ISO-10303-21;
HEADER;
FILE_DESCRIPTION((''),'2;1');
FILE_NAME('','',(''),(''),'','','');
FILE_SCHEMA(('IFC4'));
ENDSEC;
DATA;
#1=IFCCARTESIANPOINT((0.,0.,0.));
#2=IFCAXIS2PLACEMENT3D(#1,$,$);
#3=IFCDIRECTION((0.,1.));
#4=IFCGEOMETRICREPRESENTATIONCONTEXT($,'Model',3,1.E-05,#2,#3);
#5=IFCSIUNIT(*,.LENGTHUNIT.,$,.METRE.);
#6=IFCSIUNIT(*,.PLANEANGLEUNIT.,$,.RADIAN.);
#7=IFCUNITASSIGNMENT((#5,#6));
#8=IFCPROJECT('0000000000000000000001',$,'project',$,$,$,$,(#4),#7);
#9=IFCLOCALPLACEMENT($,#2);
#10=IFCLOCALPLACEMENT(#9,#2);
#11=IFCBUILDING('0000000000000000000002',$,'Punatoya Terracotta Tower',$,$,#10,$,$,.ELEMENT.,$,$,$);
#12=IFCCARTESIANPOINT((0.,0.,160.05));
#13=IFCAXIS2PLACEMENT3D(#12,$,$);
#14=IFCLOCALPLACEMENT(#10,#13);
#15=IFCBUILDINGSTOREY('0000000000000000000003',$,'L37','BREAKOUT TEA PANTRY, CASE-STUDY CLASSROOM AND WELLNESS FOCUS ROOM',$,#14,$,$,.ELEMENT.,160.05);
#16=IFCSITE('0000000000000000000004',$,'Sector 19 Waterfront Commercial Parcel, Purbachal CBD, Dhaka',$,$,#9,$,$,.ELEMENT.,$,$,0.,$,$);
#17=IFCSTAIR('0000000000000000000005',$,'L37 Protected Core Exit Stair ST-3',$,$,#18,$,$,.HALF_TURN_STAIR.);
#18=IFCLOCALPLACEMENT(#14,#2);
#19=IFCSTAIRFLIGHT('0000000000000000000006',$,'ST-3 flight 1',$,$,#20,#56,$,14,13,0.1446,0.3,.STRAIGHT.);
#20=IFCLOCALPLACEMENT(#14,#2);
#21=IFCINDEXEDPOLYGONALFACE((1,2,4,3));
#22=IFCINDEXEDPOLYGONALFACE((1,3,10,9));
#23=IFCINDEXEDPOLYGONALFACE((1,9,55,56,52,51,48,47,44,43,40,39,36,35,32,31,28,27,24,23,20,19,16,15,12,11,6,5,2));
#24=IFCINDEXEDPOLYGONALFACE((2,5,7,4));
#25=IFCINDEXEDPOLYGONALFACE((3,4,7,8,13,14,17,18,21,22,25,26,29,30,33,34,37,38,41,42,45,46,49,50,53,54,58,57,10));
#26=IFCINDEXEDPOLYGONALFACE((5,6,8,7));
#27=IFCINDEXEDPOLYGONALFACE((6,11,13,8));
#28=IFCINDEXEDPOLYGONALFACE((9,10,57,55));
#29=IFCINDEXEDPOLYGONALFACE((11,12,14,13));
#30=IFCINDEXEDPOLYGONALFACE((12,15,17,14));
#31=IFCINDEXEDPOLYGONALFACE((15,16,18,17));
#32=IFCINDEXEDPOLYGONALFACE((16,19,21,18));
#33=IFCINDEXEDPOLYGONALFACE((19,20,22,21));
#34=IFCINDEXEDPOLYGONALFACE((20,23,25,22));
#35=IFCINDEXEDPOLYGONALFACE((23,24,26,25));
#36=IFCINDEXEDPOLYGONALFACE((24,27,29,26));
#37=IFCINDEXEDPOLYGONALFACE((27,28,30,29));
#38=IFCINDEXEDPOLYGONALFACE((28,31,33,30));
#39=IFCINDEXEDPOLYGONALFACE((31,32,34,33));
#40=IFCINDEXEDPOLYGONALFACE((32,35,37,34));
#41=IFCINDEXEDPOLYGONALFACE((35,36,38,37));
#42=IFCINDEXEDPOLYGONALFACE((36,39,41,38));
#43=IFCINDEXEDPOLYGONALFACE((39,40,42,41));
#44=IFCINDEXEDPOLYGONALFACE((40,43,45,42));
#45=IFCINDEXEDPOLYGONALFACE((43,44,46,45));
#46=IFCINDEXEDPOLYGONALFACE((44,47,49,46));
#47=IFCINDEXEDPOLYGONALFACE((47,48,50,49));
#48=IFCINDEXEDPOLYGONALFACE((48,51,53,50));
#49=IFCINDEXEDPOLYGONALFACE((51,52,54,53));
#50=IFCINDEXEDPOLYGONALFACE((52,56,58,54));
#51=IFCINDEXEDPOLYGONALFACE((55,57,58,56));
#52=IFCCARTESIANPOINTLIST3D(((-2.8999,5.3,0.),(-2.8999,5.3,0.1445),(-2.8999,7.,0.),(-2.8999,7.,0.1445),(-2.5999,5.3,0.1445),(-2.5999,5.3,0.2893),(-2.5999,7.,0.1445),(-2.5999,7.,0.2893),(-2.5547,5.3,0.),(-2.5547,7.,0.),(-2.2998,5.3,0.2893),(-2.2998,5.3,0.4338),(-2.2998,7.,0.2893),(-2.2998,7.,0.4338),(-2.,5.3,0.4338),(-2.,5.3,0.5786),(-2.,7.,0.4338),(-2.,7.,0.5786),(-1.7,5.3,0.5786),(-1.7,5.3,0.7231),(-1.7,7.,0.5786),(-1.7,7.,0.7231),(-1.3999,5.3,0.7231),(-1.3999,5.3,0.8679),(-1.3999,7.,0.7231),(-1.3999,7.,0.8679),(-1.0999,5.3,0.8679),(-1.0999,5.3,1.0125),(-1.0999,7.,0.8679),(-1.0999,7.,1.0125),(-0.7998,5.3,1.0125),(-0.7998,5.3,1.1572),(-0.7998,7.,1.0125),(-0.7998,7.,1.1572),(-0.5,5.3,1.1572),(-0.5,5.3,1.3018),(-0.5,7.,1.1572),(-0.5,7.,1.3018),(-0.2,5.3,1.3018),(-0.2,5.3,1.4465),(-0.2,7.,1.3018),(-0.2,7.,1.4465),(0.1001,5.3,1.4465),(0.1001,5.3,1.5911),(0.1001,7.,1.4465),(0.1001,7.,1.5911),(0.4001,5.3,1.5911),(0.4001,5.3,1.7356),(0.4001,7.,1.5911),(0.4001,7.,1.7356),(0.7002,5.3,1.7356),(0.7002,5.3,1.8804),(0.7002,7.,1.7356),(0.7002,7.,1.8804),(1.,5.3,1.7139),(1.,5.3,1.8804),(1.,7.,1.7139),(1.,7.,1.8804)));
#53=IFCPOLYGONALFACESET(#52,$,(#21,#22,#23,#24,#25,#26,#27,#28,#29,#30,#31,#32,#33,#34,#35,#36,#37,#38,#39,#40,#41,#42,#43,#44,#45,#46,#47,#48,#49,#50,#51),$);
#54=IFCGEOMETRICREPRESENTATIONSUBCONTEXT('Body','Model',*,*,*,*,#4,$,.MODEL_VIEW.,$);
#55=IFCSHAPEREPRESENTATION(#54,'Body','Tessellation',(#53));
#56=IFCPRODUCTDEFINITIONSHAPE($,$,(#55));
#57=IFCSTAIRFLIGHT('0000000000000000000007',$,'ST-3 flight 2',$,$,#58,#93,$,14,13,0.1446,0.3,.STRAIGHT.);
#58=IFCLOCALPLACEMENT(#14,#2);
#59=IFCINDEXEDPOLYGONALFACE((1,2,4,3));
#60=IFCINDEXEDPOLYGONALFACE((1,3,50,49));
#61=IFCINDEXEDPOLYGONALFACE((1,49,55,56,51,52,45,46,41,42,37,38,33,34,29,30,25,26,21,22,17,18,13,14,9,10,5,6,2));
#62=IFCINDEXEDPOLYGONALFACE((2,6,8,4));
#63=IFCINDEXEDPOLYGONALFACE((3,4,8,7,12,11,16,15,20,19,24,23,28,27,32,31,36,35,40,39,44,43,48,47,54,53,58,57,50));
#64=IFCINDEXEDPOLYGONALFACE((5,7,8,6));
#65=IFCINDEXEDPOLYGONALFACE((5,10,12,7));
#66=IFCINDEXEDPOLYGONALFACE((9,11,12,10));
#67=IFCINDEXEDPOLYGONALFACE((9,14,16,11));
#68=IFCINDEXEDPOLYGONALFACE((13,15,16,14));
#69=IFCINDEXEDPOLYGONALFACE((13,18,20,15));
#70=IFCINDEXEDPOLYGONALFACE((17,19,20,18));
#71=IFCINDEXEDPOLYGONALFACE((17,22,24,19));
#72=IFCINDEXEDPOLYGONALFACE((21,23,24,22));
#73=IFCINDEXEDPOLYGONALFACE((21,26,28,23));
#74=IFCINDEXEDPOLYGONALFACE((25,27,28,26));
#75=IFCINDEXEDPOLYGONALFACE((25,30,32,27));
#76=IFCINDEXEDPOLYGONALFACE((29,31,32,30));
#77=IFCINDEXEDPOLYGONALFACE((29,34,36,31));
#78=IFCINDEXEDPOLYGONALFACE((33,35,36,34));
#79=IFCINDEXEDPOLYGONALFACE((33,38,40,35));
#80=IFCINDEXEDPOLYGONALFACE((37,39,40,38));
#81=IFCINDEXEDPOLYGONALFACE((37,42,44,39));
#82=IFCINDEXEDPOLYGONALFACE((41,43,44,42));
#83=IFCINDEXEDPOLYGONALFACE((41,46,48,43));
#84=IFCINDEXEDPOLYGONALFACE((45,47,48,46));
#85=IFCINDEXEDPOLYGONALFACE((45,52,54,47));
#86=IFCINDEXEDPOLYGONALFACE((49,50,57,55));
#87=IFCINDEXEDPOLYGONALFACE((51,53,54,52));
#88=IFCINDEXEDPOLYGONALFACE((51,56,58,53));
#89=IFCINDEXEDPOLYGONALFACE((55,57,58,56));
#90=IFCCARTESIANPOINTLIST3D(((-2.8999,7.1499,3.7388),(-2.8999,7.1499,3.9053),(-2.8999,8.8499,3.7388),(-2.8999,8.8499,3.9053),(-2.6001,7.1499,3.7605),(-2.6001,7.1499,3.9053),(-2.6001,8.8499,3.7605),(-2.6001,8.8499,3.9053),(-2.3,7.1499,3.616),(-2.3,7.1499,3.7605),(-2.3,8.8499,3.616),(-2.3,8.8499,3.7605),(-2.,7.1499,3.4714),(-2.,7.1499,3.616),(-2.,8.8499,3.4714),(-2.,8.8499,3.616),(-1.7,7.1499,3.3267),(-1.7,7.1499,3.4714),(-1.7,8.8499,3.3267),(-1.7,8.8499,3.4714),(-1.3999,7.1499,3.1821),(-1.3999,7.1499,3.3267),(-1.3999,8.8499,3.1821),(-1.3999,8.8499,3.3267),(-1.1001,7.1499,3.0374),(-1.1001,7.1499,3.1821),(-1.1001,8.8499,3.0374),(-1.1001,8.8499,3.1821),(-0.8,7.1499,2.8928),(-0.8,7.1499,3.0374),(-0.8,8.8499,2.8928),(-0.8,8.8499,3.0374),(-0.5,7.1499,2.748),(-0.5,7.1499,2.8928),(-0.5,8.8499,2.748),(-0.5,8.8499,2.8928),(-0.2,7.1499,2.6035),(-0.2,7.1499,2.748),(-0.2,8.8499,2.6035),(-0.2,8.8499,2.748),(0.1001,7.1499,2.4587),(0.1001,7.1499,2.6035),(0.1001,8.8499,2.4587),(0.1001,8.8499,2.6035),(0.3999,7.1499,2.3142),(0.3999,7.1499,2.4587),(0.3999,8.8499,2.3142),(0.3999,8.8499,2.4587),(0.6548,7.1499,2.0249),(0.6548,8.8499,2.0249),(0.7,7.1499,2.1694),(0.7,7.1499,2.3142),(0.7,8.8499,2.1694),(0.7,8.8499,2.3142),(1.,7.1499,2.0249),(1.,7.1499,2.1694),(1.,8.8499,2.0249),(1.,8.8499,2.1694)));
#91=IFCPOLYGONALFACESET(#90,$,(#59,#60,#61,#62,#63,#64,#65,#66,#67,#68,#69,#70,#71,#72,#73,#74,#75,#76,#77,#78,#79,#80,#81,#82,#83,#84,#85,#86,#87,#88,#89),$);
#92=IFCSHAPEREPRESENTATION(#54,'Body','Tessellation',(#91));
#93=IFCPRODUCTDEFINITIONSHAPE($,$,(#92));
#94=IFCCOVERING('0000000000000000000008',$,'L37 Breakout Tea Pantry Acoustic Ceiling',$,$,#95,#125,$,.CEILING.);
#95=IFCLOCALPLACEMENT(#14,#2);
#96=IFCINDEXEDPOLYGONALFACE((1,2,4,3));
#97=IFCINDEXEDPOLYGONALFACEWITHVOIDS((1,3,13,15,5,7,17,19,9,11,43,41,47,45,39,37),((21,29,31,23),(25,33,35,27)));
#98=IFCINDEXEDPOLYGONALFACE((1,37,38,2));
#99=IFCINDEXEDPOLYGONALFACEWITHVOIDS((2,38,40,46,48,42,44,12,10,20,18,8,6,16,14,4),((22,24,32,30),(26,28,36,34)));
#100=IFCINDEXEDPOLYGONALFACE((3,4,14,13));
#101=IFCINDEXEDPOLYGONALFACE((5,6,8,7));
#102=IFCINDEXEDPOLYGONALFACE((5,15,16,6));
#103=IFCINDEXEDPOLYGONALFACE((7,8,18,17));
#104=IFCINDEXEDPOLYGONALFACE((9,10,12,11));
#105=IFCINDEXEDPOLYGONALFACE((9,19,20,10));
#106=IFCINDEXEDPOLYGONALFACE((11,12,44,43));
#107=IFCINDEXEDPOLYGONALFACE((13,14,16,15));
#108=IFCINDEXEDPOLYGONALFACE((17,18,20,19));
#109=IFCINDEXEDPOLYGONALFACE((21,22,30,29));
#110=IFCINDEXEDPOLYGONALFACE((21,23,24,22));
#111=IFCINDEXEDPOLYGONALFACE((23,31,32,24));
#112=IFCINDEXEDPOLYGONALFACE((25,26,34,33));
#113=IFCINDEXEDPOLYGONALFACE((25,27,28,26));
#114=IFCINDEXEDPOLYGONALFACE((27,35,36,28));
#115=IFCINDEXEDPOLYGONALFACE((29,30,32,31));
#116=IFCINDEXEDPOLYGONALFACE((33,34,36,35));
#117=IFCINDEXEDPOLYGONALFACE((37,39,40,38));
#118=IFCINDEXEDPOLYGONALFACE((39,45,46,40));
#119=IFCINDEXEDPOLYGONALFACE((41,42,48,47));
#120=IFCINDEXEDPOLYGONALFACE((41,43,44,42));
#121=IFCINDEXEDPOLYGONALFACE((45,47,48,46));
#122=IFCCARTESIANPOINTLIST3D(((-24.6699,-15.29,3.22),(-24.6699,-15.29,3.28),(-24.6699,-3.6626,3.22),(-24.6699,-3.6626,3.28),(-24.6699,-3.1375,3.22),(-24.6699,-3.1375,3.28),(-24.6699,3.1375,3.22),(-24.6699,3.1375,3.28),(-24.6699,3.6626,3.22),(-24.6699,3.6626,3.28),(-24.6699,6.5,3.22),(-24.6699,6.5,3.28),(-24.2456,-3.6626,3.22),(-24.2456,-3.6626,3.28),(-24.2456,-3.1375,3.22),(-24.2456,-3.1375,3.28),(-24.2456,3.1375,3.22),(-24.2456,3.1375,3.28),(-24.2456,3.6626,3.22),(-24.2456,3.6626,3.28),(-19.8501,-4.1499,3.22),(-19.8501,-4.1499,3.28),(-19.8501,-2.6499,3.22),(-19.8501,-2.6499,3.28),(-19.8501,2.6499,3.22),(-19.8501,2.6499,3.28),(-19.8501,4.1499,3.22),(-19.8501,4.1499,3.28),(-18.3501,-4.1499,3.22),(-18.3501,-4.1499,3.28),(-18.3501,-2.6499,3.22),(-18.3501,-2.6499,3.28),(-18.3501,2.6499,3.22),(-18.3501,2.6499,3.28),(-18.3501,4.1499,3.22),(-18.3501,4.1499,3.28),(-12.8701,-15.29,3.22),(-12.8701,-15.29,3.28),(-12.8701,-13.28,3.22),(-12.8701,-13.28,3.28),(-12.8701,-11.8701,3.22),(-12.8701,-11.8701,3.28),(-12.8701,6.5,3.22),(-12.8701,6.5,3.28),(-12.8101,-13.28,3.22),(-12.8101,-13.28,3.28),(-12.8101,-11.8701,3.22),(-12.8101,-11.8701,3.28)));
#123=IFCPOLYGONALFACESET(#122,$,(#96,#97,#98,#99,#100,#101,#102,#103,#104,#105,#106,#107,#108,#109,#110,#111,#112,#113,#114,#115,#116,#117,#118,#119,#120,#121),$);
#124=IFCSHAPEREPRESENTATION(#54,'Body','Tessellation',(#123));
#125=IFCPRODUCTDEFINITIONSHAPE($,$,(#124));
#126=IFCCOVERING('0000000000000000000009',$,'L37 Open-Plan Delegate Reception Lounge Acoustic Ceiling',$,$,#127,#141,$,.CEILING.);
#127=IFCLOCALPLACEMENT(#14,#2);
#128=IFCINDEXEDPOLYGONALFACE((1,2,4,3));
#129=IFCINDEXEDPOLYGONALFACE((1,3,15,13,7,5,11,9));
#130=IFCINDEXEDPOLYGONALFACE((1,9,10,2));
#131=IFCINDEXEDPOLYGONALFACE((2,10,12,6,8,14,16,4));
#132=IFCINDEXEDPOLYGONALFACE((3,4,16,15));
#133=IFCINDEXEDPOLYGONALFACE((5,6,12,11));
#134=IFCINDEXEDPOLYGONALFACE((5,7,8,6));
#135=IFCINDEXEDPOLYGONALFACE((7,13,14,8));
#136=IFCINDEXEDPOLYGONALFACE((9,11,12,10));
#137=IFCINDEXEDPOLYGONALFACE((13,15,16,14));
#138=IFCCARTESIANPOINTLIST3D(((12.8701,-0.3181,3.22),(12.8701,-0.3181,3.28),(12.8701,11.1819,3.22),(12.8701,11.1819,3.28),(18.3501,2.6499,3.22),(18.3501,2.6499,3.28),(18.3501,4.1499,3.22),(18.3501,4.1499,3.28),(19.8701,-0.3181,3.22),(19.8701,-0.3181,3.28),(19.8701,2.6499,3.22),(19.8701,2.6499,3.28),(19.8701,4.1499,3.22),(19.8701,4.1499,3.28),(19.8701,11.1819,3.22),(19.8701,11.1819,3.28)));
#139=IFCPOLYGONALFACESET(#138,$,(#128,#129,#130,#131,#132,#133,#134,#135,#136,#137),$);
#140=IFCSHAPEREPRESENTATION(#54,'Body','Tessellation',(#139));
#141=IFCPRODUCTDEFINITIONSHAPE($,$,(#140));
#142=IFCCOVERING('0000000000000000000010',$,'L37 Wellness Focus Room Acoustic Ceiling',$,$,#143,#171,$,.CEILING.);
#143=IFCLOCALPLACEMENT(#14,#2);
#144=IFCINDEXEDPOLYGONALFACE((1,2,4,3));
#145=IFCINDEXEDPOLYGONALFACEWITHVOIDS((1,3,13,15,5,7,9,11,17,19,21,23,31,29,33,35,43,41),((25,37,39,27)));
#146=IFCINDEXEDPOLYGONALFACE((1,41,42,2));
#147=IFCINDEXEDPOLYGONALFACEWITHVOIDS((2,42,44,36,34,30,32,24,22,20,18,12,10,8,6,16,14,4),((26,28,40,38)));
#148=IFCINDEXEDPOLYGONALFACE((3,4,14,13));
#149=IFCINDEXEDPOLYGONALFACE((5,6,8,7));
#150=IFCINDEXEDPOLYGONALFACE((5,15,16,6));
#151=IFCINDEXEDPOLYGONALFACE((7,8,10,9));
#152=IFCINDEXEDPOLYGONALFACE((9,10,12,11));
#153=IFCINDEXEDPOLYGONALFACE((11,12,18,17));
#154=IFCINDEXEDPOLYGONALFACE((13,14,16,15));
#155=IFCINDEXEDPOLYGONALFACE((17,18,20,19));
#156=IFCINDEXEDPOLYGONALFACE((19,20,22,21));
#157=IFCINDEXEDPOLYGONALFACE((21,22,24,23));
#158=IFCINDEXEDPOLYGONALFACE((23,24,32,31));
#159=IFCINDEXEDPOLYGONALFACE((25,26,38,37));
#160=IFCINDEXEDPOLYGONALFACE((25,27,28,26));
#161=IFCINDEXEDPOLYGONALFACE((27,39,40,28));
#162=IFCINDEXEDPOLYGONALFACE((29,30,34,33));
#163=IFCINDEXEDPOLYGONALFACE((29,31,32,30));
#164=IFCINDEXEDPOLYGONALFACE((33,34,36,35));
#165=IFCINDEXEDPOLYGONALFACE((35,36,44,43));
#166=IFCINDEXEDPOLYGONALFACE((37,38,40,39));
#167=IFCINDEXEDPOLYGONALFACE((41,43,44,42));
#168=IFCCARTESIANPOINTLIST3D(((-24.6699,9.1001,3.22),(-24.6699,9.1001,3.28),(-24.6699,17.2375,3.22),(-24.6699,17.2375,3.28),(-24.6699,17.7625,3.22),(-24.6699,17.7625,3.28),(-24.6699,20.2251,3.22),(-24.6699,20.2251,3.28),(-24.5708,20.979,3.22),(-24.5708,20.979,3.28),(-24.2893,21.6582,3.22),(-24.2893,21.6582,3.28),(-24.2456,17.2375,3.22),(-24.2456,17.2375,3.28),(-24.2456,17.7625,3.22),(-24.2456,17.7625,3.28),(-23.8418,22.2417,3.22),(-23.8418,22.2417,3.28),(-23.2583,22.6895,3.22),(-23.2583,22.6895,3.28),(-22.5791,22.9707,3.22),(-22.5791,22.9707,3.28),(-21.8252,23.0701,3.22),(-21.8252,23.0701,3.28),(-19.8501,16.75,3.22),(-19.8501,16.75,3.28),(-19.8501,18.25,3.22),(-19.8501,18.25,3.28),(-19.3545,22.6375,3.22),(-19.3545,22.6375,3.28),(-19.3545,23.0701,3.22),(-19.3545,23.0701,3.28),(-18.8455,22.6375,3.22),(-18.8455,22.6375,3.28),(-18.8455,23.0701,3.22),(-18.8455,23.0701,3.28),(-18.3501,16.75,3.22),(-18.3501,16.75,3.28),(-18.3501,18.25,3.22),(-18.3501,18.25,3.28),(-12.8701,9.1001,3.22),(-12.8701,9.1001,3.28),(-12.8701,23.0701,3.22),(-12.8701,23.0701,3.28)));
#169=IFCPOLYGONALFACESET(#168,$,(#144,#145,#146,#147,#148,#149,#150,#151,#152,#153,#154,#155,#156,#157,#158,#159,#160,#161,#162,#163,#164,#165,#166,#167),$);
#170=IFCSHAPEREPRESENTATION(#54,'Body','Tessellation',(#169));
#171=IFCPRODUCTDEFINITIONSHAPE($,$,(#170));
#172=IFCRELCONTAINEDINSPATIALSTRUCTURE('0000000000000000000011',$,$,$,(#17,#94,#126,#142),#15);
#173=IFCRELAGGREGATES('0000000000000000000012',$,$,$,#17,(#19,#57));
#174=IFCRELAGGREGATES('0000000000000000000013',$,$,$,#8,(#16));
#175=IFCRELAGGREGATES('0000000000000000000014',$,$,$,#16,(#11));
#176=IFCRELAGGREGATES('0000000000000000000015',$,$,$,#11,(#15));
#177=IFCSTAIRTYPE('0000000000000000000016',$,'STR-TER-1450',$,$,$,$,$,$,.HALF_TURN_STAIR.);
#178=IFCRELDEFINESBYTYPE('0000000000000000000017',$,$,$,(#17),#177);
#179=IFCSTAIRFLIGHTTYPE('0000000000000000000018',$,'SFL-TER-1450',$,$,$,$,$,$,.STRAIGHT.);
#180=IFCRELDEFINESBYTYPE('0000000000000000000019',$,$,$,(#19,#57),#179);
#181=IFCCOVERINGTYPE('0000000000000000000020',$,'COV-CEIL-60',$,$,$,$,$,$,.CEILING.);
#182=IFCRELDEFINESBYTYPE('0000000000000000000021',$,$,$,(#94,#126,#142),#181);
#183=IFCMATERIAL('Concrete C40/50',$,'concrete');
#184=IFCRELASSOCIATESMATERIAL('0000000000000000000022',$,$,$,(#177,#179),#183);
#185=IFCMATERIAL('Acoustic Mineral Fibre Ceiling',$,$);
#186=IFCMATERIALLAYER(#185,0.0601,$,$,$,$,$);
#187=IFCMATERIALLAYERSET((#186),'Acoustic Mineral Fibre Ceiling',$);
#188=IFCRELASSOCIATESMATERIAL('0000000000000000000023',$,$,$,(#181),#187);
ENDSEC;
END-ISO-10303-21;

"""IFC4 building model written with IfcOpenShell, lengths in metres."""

from ifc_helpers import new_model, si_unit, direction, frame, origin, place, context, subcontext, project, spatial, polyline, outline, extrude, material, layer, layer_set, type_object, element, aggregate, save


model = new_model("IFC4")

# Units and contexts
model_context = context("Model", 3, precision=1e-05, world=origin(), true_north=direction((0.0, 1.0)))
body_context = subcontext(model_context, "Body", "Model", "MODEL_VIEW")
ifc_project = project(units=[si_unit("LENGTHUNIT", "METRE"), si_unit("PLANEANGLEUNIT", "RADIAN")], contexts=[model_context])

# Site, building, storey
site_placement = place(None, origin())
site = spatial("IfcSite", under=ifc_project, at=site_placement, Name="Sector 19 Waterfront Commercial Parcel, Purbachal CBD, Dhaka", CompositionType="ELEMENT", RefElevation=0.0)
building_placement = place(site_placement, origin())
building = spatial("IfcBuilding", under=site, at=building_placement, Name="Punatoya Terracotta Tower", CompositionType="ELEMENT")
storey_placement = place(building_placement, frame((0.0, 0.0, 160.05)))
storey = spatial("IfcBuildingStorey", under=building, at=storey_placement, Name="L37", Description="BREAKOUT TEA PANTRY, CASE-STUDY CLASSROOM AND WELLNESS FOCUS ROOM", CompositionType="ELEMENT", Elevation=160.05)

# Shared definitions
ifc_material_1 = material(Name="Concrete C40/50", Category="concrete")

# Stair, stair flights
stair_type_1 = type_object("IfcStairType", Name="STR-TER-1450", PredefinedType="HALF_TURN_STAIR", material=ifc_material_1)
stair_1_placement = place(storey_placement, origin())
stair_1 = element("IfcStair", 1, at=stair_1_placement, inside=storey, type_object=stair_type_1, Name="L37 Protected Core Exit Stair ST-3", PredefinedType="HALF_TURN_STAIR")
stair_flight_type_1 = type_object("IfcStairFlightType", Name="SFL-TER-1450", PredefinedType="STRAIGHT", material=ifc_material_1)
stair_flight_1_placement = place(storey_placement, frame((-2.8999, 6.1499, 0.0), z_axis=(0.0, 0.0, 1.0), x_axis=(1.0, 0.0, 0.0)))
stair_flight_1 = element("IfcStairFlight", 2, at=stair_flight_1_placement, type_object=stair_flight_type_1, Name="ST-3 flight 1", NumberOfRisers=14, NumberOfTreads=13, PredefinedType="STRAIGHT", RiserHeight=0.1446, TreadLength=0.3, context=body_context, shape_type="SweptSolid", body=[
    extrude(outline(polyline([(0.0, 0.0), (0.0, 0.1445), (0.3, 0.1445), (0.3, 0.2893), (0.6001, 0.2893), (0.6001, 0.4338), (0.8999, 0.4338), (0.8999, 0.5786), (1.2, 0.5786), (1.2, 0.7231), (1.5, 0.7231), (1.5, 0.8679), (1.8, 0.8679), (1.8, 1.0125), (2.1001, 1.0125), (2.1001, 1.1572), (2.3999, 1.1572), (2.3999, 1.3018), (2.7, 1.3018), (2.7, 1.4465), (3.0, 1.4465), (3.0, 1.5911), (3.3, 1.5911), (3.3, 1.7356), (3.6001, 1.7356), (3.6001, 1.8804), (3.8999, 1.8804), (3.8999, 2.0249), (3.8999, 1.7139), (0.3452, 0.0), (0.0, 0.0)])), frame((0.0, 0.8501, 0.0), z_axis=(0.0, -1.0, 0.0), x_axis=(1.0, 0.0, 0.0)), (0.0, 0.0, 1.0), 1.7),
])
stair_flight_2_placement = place(storey_placement, frame((1.0, 8.0, 2.0249), z_axis=(0.0, 0.0, 1.0), x_axis=(-1.0, 0.0, 0.0)))
stair_flight_2 = element("IfcStairFlight", 3, at=stair_flight_2_placement, type_object=stair_flight_type_1, Name="ST-3 flight 2", NumberOfRisers=14, NumberOfTreads=13, PredefinedType="STRAIGHT", RiserHeight=0.1446, TreadLength=0.3, context=body_context, shape_type="SweptSolid", body=[
    extrude(outline(polyline([(0.0, 0.0), (0.0, 0.1445), (0.3, 0.1445), (0.3, 0.2893), (0.6001, 0.2893), (0.6001, 0.4338), (0.8999, 0.4338), (0.8999, 0.5786), (1.2, 0.5786), (1.2, 0.7231), (1.5, 0.7231), (1.5, 0.8679), (1.8, 0.8679), (1.8, 1.0125), (2.1001, 1.0125), (2.1001, 1.1572), (2.3999, 1.1572), (2.3999, 1.3018), (2.7, 1.3018), (2.7, 1.4465), (3.0, 1.4465), (3.0, 1.5911), (3.3, 1.5911), (3.3, 1.7356), (3.6001, 1.7356), (3.6001, 1.8804), (3.8999, 1.8804), (3.8999, 2.0249), (3.8999, 1.7139), (0.3452, 0.0), (0.0, 0.0)])), frame((0.0, 0.8501, 0.0), z_axis=(0.0, -1.0, 0.0), x_axis=(1.0, 0.0, 0.0)), (0.0, 0.0, 1.0), 1.7),
])
aggregate(stair_1, [stair_flight_1, stair_flight_2])

# Coverings
ifc_material_2 = material(Name="Acoustic Mineral Fibre Ceiling")
ifc_layer_1 = layer(ifc_material_2, 0.0601)
ifc_layer_set_1 = layer_set([ifc_layer_1], Name="Acoustic Mineral Fibre Ceiling")
covering_type = type_object("IfcCoveringType", Name="COV-CEIL-60", PredefinedType="CEILING", material=ifc_layer_set_1)
covering_1_placement = place(storey_placement, frame((0.0, 0.0, 3.22)))
element("IfcCovering", 4, at=covering_1_placement, inside=storey, type_object=covering_type, Name="L37 Breakout Tea Pantry Acoustic Ceiling", PredefinedType="CEILING", context=body_context, shape_type="SweptSolid", body=[
    extrude(outline(polyline([(-12.8701, -13.28), (-12.8101, -13.28), (-12.8101, -11.8701), (-12.8701, -11.8701), (-12.8701, 6.5), (-24.6699, 6.5), (-24.6699, 3.6626), (-24.2456, 3.6626), (-24.2456, 3.1375), (-24.6699, 3.1375), (-24.6699, -3.1375), (-24.2456, -3.1375), (-24.2456, -3.6626), (-24.6699, -3.6626), (-24.6699, -15.29), (-12.8701, -15.29), (-12.8701, -13.28)]), holes=[polyline([(-18.3501, -4.1499), (-19.8501, -4.1499), (-19.8501, -2.6499), (-18.3501, -2.6499), (-18.3501, -4.1499)]), polyline([(-18.3501, 4.1499), (-18.3501, 2.6499), (-19.8501, 2.6499), (-19.8501, 4.1499), (-18.3501, 4.1499)])]), origin(), (0.0, 0.0, 1.0), 0.0601),
])
covering_2_placement = place(storey_placement, frame((0.0, 0.0, 3.22)))
element("IfcCovering", 5, at=covering_2_placement, inside=storey, type_object=covering_type, Name="L37 Open-Plan Delegate Reception Lounge Acoustic Ceiling", PredefinedType="CEILING", context=body_context, shape_type="SweptSolid", body=[
    extrude(outline(polyline([(18.3501, 4.1499), (19.8701, 4.1499), (19.8701, 11.1819), (12.8701, 11.1819), (12.8701, -0.3181), (19.8701, -0.3181), (19.8701, 2.6499), (18.3501, 2.6499), (18.3501, 4.1499)])), origin(), (0.0, 0.0, 1.0), 0.0601),
])
covering_3_placement = place(storey_placement, frame((0.0, 0.0, 3.22)))
element("IfcCovering", 6, at=covering_3_placement, inside=storey, type_object=covering_type, Name="L37 Wellness Focus Room Acoustic Ceiling", PredefinedType="CEILING", context=body_context, shape_type="SweptSolid", body=[
    extrude(outline(polyline([(-12.8701, 23.0701), (-18.8455, 23.0701), (-18.8455, 22.6375), (-19.3545, 22.6375), (-19.3545, 23.0701), (-21.8252, 23.0701), (-22.5791, 22.9707), (-23.2583, 22.6895), (-23.8418, 22.2417), (-24.2893, 21.6582), (-24.5708, 20.979), (-24.6699, 20.2251), (-24.6699, 17.7625), (-24.2456, 17.7625), (-24.2456, 17.2375), (-24.6699, 17.2375), (-24.6699, 9.1001), (-12.8701, 9.1001), (-12.8701, 23.0701)]), holes=[polyline([(-19.8501, 18.25), (-18.3501, 18.25), (-18.3501, 16.75), (-19.8501, 16.75), (-19.8501, 18.25)])]), origin(), (0.0, 0.0, 1.0), 0.0601),
])

save(model, "model.ifc")
